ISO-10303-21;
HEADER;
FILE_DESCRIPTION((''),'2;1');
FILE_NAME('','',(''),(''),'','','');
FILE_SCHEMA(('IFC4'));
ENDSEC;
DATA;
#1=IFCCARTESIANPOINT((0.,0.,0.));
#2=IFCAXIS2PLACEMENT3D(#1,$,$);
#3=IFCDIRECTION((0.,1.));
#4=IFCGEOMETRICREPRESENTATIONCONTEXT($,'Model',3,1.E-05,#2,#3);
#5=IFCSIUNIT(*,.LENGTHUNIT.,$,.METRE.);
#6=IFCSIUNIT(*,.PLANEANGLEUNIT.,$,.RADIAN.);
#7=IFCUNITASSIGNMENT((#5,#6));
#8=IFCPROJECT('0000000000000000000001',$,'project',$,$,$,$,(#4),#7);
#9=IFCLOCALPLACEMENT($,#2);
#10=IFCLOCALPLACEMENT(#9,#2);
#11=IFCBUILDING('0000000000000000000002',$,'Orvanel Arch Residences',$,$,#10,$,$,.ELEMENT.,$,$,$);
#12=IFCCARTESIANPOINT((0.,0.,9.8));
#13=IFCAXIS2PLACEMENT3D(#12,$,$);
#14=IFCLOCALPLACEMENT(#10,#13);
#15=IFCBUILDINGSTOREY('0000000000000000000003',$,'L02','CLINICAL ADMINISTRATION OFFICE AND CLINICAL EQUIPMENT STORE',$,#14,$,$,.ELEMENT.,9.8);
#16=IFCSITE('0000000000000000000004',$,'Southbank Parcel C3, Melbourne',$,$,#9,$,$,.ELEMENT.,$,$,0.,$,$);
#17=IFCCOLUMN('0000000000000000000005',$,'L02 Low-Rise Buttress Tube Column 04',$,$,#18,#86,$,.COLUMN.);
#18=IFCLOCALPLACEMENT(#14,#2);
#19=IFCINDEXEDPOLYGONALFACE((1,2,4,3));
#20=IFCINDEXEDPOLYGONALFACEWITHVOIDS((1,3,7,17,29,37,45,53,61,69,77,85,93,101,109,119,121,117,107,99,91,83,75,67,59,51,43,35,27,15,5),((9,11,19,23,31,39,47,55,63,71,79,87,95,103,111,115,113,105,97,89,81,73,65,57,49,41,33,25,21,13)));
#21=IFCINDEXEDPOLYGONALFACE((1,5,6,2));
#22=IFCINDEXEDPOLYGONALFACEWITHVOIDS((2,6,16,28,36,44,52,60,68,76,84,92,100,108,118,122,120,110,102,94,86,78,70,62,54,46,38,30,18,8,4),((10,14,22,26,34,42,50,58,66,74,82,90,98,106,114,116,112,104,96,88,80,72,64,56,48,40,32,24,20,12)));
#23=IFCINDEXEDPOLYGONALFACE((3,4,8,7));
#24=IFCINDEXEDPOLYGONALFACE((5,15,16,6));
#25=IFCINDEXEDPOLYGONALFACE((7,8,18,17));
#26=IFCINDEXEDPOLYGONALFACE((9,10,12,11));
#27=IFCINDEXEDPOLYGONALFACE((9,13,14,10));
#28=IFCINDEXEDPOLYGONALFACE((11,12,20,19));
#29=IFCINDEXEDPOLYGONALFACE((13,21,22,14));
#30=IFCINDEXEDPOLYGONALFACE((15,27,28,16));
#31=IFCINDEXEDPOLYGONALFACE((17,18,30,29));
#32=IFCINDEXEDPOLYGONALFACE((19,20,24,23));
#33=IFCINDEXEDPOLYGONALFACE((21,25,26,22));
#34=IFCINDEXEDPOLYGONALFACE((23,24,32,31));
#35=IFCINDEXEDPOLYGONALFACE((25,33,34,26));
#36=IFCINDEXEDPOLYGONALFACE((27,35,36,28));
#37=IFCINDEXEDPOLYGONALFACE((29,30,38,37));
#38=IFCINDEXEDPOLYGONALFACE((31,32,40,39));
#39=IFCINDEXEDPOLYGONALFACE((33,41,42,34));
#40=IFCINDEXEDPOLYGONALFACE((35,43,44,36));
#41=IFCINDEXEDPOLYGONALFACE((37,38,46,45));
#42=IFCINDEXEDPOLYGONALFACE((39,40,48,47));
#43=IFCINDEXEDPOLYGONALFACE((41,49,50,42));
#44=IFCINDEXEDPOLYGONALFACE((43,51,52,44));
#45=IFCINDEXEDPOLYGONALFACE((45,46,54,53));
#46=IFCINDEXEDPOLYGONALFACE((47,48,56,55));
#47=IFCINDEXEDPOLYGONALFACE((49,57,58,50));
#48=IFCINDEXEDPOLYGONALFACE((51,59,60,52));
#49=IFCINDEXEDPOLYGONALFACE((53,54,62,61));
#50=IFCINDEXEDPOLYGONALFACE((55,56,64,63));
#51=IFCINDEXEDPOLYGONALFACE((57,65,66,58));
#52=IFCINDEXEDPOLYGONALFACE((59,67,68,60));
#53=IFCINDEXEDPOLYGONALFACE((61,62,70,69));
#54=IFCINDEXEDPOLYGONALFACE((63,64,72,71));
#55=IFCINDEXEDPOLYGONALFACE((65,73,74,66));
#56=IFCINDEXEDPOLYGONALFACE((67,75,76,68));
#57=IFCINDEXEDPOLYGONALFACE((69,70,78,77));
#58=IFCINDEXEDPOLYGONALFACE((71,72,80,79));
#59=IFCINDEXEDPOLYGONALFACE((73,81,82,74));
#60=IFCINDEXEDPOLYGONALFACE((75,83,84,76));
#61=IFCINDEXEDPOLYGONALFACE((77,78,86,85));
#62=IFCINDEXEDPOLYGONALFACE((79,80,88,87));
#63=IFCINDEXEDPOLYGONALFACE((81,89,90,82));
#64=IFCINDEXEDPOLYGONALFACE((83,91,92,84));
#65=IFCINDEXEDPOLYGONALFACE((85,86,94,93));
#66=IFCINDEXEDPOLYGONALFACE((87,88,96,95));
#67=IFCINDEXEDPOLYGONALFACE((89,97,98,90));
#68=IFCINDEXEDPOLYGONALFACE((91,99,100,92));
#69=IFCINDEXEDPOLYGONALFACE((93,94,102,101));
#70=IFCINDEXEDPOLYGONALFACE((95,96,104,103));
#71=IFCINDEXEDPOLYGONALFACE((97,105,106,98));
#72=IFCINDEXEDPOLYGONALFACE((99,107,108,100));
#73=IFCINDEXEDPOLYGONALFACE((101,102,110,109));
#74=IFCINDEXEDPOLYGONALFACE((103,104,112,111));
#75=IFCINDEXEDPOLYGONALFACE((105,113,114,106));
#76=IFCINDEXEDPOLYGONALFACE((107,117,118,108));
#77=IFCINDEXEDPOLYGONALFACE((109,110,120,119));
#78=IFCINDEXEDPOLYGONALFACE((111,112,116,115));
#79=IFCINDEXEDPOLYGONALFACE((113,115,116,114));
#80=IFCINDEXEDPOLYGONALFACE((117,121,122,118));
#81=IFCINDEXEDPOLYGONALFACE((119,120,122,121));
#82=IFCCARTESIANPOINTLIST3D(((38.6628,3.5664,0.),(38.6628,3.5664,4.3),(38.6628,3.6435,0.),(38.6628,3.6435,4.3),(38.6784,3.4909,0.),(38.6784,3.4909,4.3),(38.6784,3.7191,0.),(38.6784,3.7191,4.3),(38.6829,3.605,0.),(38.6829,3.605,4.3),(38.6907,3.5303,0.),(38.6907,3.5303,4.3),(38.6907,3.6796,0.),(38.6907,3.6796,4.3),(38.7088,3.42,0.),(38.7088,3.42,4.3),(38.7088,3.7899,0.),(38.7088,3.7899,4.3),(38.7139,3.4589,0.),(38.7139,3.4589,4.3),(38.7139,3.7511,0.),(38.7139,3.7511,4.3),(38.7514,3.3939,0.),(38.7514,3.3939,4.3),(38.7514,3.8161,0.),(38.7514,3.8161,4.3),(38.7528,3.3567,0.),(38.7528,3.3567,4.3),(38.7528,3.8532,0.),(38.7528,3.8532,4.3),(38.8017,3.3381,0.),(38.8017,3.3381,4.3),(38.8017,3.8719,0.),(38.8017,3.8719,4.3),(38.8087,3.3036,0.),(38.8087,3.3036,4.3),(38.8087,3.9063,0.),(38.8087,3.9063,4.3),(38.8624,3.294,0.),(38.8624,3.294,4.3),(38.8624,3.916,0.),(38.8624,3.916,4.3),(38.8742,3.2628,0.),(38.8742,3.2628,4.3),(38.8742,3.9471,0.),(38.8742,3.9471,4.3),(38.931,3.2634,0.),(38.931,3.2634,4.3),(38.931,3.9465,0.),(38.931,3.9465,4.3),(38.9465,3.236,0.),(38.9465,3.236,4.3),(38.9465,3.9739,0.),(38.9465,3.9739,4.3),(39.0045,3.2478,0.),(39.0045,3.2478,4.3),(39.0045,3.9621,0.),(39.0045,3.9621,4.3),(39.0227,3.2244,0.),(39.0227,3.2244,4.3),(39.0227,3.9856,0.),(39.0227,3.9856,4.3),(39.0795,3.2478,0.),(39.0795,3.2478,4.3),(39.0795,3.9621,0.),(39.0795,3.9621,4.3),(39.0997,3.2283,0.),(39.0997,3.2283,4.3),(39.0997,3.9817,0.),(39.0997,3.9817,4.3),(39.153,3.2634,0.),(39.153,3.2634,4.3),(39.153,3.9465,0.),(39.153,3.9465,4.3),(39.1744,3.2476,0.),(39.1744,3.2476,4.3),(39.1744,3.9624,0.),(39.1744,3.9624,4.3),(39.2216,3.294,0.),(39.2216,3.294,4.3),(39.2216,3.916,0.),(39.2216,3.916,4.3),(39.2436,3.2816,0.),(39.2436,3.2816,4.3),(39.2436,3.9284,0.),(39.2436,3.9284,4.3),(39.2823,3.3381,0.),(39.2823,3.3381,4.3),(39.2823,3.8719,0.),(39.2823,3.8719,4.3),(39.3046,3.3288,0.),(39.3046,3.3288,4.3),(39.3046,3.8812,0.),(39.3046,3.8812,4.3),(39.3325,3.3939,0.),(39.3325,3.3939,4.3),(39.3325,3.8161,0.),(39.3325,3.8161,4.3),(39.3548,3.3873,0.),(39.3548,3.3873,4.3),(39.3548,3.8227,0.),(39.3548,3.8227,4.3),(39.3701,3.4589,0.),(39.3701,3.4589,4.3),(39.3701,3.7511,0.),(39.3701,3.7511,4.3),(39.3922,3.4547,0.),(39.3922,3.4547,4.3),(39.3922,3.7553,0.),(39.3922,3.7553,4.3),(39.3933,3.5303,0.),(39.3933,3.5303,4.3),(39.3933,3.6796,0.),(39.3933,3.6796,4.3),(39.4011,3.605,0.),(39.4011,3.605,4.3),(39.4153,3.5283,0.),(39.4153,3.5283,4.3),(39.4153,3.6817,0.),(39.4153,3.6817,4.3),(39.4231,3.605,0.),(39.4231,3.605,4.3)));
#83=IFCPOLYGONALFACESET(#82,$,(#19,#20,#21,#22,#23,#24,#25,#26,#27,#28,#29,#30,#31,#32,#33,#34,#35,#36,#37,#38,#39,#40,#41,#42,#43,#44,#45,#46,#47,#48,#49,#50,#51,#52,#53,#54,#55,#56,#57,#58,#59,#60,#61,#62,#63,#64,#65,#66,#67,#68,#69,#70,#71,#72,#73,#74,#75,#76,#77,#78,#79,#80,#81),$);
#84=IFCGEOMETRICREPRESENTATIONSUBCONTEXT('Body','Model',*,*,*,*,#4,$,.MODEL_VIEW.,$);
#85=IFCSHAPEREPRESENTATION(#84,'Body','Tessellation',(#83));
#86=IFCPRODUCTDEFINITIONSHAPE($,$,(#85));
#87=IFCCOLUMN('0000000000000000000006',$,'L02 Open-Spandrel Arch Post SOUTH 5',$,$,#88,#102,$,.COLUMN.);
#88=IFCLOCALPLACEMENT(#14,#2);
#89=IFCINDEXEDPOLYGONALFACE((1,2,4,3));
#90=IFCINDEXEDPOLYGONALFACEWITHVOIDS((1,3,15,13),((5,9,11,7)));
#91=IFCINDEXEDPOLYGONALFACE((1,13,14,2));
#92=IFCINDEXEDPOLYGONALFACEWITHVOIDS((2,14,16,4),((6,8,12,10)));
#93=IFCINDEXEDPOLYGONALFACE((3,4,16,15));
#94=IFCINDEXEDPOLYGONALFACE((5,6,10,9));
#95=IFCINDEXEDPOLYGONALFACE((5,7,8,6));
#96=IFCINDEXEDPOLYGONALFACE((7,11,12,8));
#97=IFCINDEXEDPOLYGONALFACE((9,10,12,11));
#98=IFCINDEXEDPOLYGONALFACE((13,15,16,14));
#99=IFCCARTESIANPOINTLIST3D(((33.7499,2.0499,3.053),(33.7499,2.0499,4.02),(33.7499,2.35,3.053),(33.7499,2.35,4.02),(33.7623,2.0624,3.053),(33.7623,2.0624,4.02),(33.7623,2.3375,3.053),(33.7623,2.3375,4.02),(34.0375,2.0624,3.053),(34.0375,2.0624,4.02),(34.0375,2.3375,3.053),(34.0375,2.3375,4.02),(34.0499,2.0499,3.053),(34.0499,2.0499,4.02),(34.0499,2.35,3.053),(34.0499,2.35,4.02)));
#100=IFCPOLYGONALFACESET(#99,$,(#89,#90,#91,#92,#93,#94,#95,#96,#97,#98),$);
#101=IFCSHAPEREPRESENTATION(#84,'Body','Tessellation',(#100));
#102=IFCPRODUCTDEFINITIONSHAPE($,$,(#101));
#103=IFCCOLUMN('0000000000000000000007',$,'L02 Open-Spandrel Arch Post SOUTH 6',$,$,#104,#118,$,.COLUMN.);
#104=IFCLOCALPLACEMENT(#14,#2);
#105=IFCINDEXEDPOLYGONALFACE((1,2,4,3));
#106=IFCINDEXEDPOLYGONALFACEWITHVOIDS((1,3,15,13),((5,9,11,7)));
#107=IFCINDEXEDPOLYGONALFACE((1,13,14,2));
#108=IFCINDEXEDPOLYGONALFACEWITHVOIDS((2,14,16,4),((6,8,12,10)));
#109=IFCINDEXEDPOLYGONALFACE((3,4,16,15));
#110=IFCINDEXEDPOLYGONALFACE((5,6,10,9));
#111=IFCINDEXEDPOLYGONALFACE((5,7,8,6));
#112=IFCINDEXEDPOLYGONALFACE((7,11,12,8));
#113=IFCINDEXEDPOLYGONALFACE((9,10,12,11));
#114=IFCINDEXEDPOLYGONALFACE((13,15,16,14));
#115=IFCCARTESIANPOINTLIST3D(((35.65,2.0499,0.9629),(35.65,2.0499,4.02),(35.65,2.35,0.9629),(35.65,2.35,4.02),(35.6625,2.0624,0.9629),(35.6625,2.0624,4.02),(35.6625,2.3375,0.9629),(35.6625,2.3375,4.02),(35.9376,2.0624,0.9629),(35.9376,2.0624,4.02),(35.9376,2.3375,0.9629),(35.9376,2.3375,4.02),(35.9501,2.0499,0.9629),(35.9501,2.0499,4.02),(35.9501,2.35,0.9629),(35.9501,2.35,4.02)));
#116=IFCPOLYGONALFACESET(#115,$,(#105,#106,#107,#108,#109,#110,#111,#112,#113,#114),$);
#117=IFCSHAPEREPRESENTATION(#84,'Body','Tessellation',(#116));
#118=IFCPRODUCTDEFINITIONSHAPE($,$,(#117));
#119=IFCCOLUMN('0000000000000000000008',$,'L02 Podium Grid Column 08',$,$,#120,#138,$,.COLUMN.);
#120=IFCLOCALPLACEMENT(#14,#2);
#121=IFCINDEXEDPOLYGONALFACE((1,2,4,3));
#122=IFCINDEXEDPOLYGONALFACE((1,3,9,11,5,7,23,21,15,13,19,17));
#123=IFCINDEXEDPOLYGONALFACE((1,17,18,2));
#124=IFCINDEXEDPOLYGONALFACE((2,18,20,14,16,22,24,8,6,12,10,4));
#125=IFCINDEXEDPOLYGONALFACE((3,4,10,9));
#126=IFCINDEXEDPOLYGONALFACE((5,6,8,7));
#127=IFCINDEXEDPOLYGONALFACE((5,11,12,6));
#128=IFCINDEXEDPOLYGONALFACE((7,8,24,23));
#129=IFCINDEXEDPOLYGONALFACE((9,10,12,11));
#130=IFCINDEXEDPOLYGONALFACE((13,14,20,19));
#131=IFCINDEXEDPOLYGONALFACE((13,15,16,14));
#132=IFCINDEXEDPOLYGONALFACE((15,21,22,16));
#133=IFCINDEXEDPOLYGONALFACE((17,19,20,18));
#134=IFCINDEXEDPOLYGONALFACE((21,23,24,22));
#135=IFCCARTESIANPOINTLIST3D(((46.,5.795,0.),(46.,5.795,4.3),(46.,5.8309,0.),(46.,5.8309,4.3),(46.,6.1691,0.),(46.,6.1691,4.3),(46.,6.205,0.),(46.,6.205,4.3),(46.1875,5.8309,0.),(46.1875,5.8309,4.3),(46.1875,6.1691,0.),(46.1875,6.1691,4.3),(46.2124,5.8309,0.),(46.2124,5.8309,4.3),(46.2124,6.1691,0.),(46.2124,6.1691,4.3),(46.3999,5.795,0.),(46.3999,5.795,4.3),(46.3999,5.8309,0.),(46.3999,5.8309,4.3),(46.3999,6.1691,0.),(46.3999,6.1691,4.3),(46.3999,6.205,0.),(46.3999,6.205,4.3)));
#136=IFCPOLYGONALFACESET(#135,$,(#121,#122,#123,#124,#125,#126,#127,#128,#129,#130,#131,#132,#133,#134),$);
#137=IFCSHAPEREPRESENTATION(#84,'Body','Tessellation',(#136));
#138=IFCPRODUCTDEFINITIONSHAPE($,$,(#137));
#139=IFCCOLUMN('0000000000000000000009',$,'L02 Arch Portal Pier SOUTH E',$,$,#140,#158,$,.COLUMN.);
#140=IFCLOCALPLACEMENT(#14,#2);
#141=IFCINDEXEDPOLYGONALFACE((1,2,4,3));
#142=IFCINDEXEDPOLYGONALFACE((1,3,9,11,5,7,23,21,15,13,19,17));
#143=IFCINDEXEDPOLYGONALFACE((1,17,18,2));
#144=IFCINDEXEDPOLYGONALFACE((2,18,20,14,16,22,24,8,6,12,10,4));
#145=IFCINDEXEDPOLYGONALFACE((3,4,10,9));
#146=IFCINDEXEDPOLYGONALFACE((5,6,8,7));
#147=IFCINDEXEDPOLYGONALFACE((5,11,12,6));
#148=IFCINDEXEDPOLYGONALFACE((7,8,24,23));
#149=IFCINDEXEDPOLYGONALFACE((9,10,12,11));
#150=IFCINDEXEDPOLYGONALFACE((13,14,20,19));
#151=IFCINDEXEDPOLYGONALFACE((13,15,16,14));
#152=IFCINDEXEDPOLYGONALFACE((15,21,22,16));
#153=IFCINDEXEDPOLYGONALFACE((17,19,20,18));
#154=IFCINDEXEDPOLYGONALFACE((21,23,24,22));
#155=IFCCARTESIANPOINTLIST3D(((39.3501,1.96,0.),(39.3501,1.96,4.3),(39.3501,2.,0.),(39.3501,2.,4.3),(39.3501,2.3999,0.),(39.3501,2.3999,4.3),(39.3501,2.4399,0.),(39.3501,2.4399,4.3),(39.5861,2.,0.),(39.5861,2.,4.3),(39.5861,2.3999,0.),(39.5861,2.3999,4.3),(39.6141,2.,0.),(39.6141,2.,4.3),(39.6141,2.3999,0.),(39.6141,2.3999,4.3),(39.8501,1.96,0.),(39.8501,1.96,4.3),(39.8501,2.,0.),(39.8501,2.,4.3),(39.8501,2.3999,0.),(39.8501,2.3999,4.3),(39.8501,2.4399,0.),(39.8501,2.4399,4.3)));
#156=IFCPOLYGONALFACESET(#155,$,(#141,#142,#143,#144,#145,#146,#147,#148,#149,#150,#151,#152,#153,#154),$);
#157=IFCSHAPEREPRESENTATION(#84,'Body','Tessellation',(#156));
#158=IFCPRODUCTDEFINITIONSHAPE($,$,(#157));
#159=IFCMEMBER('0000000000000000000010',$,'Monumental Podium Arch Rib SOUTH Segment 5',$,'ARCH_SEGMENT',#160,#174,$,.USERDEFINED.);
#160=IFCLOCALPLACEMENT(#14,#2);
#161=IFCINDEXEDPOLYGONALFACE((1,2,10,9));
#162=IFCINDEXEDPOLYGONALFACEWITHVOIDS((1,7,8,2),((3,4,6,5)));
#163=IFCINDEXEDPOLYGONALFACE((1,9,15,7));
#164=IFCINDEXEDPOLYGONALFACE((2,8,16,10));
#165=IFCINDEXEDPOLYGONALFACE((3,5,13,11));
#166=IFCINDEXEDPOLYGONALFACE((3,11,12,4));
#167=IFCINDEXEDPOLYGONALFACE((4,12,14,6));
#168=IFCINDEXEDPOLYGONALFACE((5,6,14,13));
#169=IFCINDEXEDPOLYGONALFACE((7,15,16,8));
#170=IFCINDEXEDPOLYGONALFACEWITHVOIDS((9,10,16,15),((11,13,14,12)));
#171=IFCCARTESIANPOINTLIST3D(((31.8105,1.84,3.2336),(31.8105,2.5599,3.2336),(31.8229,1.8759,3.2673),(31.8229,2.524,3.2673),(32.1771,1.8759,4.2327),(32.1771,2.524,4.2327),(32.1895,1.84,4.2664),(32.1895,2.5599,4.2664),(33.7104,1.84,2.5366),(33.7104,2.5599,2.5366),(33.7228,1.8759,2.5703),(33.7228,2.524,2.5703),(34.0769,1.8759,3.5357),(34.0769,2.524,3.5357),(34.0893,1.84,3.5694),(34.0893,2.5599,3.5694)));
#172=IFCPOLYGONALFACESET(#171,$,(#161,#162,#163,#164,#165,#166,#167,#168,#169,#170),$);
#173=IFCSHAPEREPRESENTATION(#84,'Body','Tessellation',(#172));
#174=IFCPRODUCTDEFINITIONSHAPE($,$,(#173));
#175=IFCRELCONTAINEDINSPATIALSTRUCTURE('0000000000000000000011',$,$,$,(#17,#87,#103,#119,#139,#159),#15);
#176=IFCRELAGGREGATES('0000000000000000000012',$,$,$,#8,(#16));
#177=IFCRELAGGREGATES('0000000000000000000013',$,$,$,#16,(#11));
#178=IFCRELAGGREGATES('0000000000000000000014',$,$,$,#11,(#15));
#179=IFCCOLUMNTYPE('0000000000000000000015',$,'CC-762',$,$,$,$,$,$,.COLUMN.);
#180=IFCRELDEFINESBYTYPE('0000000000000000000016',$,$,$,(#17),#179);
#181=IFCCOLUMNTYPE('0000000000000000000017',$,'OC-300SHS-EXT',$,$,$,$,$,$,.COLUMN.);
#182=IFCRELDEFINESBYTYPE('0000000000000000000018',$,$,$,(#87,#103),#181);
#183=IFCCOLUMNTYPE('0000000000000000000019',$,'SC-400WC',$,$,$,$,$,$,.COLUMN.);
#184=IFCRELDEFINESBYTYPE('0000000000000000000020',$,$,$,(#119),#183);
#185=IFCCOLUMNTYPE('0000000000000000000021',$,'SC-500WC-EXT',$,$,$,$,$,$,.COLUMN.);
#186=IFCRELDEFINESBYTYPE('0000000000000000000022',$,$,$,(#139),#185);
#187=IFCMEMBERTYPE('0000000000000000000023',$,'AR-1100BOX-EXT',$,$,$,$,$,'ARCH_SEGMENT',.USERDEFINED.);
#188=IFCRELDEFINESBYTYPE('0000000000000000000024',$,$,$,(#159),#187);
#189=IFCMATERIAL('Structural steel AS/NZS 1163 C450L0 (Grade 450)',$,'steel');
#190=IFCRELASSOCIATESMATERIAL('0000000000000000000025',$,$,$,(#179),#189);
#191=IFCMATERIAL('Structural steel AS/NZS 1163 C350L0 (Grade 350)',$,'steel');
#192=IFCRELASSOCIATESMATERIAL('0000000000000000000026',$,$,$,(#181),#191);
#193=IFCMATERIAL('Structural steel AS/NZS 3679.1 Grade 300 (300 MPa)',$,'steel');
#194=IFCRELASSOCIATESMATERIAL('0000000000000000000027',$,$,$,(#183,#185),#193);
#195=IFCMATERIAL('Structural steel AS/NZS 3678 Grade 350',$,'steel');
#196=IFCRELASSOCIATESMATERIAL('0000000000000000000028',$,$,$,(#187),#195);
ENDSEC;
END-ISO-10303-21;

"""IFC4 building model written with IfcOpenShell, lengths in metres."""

from ifc_helpers import new_model, si_unit, direction, frame, origin, origin_2d, place, context, subcontext, project, spatial, hollow_rectangle, hollow_circle, i_section, extrude, material, material_profile, profile_set, type_object, element, save


model = new_model("IFC4")

# Units and contexts
model_context = context("Model", 3, precision=1e-05, world=origin(), true_north=direction((0.0, 1.0)))
body_context = subcontext(model_context, "Body", "Model", "MODEL_VIEW")
ifc_project = project(units=[si_unit("LENGTHUNIT", "METRE"), si_unit("PLANEANGLEUNIT", "RADIAN")], contexts=[model_context])

# Site, building, storey
site_placement = place(None, origin())
site = spatial("IfcSite", under=ifc_project, at=site_placement, Name="Southbank Parcel C3, Melbourne", CompositionType="ELEMENT", RefElevation=0.0)
building_placement = place(site_placement, origin())
building = spatial("IfcBuilding", under=site, at=building_placement, Name="Orvanel Arch Residences", CompositionType="ELEMENT")
storey_placement = place(building_placement, frame((0.0, 0.0, 9.8)))
storey = spatial("IfcBuildingStorey", under=building, at=storey_placement, Name="L02", Description="CLINICAL ADMINISTRATION OFFICE AND CLINICAL EQUIPMENT STORE", CompositionType="ELEMENT", Elevation=9.8)

# Columns
ifc_material_1 = material(Name="Structural steel AS/NZS 1163 C450L0 (Grade 450)", Category="steel")
ifc_material_profile_1 = material_profile(ifc_material_1, hollow_circle(Radius=0.3811, WallThickness=0.022, at=origin_2d()), Name="CHS762x22")
ifc_profile_set_1 = profile_set([ifc_material_profile_1], Name="Structural steel AS/NZS 1163 C450L0 (Grade 450)")
column_type_1 = type_object("IfcColumnType", Name="CC-762", PredefinedType="COLUMN", material=ifc_profile_set_1)
column_1_placement = place(storey_placement, frame((39.042, 3.605, 0.0), z_axis=(0.0, 0.0, 1.0), x_axis=(1.0, 0.0, 0.0)))
element("IfcColumn", 1, at=column_1_placement, inside=storey, type_object=column_type_1, Name="L02 Low-Rise Buttress Tube Column 04", PredefinedType="COLUMN", context=body_context, shape_type="SweptSolid", body=[
    extrude(hollow_circle(Radius=0.3811, WallThickness=0.022, at=origin_2d()), origin(), (0.0, 0.0, 1.0), 4.3),
])
ifc_material_2 = material(Name="Structural steel AS/NZS 1163 C350L0 (Grade 350)", Category="steel")
ifc_material_profile_2 = material_profile(ifc_material_2, hollow_rectangle(XDim=0.3, YDim=0.3, WallThickness=0.0125, at=origin_2d()), Name="SHS300x300x12.5")
ifc_profile_set_2 = profile_set([ifc_material_profile_2], Name="Structural steel AS/NZS 1163 C350L0 (Grade 350)")
column_type_2 = type_object("IfcColumnType", Name="OC-300SHS-EXT", PredefinedType="COLUMN", material=ifc_profile_set_2)
column_2_placement = place(storey_placement, frame((33.8999, 2.2, 3.053), z_axis=(0.0, 0.0, 1.0), x_axis=(1.0, 0.0, 0.0)))
element("IfcColumn", 2, at=column_2_placement, inside=storey, type_object=column_type_2, Name="L02 Open-Spandrel Arch Post SOUTH 5", PredefinedType="COLUMN", context=body_context, shape_type="SweptSolid", body=[
    extrude(hollow_rectangle(XDim=0.3, YDim=0.3, WallThickness=0.0125, at=origin_2d()), origin(), (0.0, 0.0, 1.0), 0.967),
])
column_3_placement = place(storey_placement, frame((35.8, 2.2, 0.9629), z_axis=(0.0, 0.0, 1.0), x_axis=(1.0, 0.0, 0.0)))
element("IfcColumn", 3, at=column_3_placement, inside=storey, type_object=column_type_2, Name="L02 Open-Spandrel Arch Post SOUTH 6", PredefinedType="COLUMN", context=body_context, shape_type="SweptSolid", body=[
    extrude(hollow_rectangle(XDim=0.3, YDim=0.3, WallThickness=0.0125, at=origin_2d()), origin(), (0.0, 0.0, 1.0), 3.0571),
])
ifc_material_3 = material(Name="Structural steel AS/NZS 3679.1 Grade 300 (300 MPa)", Category="steel")
ifc_material_profile_3 = material_profile(ifc_material_3, i_section(OverallWidth=0.3999, OverallDepth=0.4099, WebThickness=0.0249, FlangeThickness=0.0359, at=origin_2d()), Name="400WC328")
ifc_profile_set_3 = profile_set([ifc_material_profile_3], Name="Structural steel AS/NZS 3679.1 Grade 300 (300 MPa)")
column_type_3 = type_object("IfcColumnType", Name="SC-400WC", PredefinedType="COLUMN", material=ifc_profile_set_3)
column_4_placement = place(storey_placement, frame((46.2, 6.0, 0.0), z_axis=(0.0, 0.0, 1.0), x_axis=(1.0, 0.0, 0.0)))
element("IfcColumn", 4, at=column_4_placement, inside=storey, type_object=column_type_3, Name="L02 Podium Grid Column 08", PredefinedType="COLUMN", context=body_context, shape_type="SweptSolid", body=[
    extrude(i_section(OverallWidth=0.3999, OverallDepth=0.4099, WebThickness=0.0249, FlangeThickness=0.0359, at=origin_2d()), origin(), (0.0, 0.0, 1.0), 4.3),
])
ifc_material_profile_4 = material_profile(ifc_material_3, i_section(OverallWidth=0.5, OverallDepth=0.48, WebThickness=0.0281, FlangeThickness=0.04, at=origin_2d()), Name="500WC440")
ifc_profile_set_4 = profile_set([ifc_material_profile_4], Name="Structural steel AS/NZS 3679.1 Grade 300 (300 MPa)")
column_type_4 = type_object("IfcColumnType", Name="SC-500WC-EXT", PredefinedType="COLUMN", material=ifc_profile_set_4)
column_5_placement = place(storey_placement, frame((39.6001, 2.2, 0.0), z_axis=(0.0, 0.0, 1.0), x_axis=(1.0, 0.0, 0.0)))
element("IfcColumn", 5, at=column_5_placement, inside=storey, type_object=column_type_4, Name="L02 Arch Portal Pier SOUTH E", PredefinedType="COLUMN", context=body_context, shape_type="SweptSolid", body=[
    extrude(i_section(OverallWidth=0.5, OverallDepth=0.48, WebThickness=0.0281, FlangeThickness=0.04, at=origin_2d()), origin(), (0.0, 0.0, 1.0), 4.3),
])

# Member
ifc_material_4 = material(Name="Structural steel AS/NZS 3678 Grade 350", Category="steel")
ifc_material_profile_5 = material_profile(ifc_material_4, hollow_rectangle(XDim=0.72, YDim=1.1001, WallThickness=0.0359, at=origin_2d()), Name="BOX1100x720x36")
ifc_profile_set_5 = profile_set([ifc_material_profile_5], Name="Structural steel AS/NZS 3678 Grade 350")
member_type_1 = type_object("IfcMemberType", Name="AR-1100BOX-EXT", ElementType="ARCH_SEGMENT", PredefinedType="USERDEFINED", material=ifc_profile_set_5)
member_1_placement = place(storey_placement, frame((32.0, 2.2, 3.75), z_axis=(0.938814, 0.0, -0.344425), x_axis=(0.0, 1.0, 0.0)))
element("IfcMember", 6, at=member_1_placement, inside=storey, type_object=member_type_1, Name="Monumental Podium Arch Rib SOUTH Segment 5", ObjectType="ARCH_SEGMENT", PredefinedType="USERDEFINED", context=body_context, shape_type="SweptSolid", body=[
    extrude(hollow_rectangle(XDim=0.72, YDim=1.1001, WallThickness=0.0359, at=origin_2d()), origin(), (0.0, 0.0, 1.0), 2.0237),
])

save(model, "model.ifc")
